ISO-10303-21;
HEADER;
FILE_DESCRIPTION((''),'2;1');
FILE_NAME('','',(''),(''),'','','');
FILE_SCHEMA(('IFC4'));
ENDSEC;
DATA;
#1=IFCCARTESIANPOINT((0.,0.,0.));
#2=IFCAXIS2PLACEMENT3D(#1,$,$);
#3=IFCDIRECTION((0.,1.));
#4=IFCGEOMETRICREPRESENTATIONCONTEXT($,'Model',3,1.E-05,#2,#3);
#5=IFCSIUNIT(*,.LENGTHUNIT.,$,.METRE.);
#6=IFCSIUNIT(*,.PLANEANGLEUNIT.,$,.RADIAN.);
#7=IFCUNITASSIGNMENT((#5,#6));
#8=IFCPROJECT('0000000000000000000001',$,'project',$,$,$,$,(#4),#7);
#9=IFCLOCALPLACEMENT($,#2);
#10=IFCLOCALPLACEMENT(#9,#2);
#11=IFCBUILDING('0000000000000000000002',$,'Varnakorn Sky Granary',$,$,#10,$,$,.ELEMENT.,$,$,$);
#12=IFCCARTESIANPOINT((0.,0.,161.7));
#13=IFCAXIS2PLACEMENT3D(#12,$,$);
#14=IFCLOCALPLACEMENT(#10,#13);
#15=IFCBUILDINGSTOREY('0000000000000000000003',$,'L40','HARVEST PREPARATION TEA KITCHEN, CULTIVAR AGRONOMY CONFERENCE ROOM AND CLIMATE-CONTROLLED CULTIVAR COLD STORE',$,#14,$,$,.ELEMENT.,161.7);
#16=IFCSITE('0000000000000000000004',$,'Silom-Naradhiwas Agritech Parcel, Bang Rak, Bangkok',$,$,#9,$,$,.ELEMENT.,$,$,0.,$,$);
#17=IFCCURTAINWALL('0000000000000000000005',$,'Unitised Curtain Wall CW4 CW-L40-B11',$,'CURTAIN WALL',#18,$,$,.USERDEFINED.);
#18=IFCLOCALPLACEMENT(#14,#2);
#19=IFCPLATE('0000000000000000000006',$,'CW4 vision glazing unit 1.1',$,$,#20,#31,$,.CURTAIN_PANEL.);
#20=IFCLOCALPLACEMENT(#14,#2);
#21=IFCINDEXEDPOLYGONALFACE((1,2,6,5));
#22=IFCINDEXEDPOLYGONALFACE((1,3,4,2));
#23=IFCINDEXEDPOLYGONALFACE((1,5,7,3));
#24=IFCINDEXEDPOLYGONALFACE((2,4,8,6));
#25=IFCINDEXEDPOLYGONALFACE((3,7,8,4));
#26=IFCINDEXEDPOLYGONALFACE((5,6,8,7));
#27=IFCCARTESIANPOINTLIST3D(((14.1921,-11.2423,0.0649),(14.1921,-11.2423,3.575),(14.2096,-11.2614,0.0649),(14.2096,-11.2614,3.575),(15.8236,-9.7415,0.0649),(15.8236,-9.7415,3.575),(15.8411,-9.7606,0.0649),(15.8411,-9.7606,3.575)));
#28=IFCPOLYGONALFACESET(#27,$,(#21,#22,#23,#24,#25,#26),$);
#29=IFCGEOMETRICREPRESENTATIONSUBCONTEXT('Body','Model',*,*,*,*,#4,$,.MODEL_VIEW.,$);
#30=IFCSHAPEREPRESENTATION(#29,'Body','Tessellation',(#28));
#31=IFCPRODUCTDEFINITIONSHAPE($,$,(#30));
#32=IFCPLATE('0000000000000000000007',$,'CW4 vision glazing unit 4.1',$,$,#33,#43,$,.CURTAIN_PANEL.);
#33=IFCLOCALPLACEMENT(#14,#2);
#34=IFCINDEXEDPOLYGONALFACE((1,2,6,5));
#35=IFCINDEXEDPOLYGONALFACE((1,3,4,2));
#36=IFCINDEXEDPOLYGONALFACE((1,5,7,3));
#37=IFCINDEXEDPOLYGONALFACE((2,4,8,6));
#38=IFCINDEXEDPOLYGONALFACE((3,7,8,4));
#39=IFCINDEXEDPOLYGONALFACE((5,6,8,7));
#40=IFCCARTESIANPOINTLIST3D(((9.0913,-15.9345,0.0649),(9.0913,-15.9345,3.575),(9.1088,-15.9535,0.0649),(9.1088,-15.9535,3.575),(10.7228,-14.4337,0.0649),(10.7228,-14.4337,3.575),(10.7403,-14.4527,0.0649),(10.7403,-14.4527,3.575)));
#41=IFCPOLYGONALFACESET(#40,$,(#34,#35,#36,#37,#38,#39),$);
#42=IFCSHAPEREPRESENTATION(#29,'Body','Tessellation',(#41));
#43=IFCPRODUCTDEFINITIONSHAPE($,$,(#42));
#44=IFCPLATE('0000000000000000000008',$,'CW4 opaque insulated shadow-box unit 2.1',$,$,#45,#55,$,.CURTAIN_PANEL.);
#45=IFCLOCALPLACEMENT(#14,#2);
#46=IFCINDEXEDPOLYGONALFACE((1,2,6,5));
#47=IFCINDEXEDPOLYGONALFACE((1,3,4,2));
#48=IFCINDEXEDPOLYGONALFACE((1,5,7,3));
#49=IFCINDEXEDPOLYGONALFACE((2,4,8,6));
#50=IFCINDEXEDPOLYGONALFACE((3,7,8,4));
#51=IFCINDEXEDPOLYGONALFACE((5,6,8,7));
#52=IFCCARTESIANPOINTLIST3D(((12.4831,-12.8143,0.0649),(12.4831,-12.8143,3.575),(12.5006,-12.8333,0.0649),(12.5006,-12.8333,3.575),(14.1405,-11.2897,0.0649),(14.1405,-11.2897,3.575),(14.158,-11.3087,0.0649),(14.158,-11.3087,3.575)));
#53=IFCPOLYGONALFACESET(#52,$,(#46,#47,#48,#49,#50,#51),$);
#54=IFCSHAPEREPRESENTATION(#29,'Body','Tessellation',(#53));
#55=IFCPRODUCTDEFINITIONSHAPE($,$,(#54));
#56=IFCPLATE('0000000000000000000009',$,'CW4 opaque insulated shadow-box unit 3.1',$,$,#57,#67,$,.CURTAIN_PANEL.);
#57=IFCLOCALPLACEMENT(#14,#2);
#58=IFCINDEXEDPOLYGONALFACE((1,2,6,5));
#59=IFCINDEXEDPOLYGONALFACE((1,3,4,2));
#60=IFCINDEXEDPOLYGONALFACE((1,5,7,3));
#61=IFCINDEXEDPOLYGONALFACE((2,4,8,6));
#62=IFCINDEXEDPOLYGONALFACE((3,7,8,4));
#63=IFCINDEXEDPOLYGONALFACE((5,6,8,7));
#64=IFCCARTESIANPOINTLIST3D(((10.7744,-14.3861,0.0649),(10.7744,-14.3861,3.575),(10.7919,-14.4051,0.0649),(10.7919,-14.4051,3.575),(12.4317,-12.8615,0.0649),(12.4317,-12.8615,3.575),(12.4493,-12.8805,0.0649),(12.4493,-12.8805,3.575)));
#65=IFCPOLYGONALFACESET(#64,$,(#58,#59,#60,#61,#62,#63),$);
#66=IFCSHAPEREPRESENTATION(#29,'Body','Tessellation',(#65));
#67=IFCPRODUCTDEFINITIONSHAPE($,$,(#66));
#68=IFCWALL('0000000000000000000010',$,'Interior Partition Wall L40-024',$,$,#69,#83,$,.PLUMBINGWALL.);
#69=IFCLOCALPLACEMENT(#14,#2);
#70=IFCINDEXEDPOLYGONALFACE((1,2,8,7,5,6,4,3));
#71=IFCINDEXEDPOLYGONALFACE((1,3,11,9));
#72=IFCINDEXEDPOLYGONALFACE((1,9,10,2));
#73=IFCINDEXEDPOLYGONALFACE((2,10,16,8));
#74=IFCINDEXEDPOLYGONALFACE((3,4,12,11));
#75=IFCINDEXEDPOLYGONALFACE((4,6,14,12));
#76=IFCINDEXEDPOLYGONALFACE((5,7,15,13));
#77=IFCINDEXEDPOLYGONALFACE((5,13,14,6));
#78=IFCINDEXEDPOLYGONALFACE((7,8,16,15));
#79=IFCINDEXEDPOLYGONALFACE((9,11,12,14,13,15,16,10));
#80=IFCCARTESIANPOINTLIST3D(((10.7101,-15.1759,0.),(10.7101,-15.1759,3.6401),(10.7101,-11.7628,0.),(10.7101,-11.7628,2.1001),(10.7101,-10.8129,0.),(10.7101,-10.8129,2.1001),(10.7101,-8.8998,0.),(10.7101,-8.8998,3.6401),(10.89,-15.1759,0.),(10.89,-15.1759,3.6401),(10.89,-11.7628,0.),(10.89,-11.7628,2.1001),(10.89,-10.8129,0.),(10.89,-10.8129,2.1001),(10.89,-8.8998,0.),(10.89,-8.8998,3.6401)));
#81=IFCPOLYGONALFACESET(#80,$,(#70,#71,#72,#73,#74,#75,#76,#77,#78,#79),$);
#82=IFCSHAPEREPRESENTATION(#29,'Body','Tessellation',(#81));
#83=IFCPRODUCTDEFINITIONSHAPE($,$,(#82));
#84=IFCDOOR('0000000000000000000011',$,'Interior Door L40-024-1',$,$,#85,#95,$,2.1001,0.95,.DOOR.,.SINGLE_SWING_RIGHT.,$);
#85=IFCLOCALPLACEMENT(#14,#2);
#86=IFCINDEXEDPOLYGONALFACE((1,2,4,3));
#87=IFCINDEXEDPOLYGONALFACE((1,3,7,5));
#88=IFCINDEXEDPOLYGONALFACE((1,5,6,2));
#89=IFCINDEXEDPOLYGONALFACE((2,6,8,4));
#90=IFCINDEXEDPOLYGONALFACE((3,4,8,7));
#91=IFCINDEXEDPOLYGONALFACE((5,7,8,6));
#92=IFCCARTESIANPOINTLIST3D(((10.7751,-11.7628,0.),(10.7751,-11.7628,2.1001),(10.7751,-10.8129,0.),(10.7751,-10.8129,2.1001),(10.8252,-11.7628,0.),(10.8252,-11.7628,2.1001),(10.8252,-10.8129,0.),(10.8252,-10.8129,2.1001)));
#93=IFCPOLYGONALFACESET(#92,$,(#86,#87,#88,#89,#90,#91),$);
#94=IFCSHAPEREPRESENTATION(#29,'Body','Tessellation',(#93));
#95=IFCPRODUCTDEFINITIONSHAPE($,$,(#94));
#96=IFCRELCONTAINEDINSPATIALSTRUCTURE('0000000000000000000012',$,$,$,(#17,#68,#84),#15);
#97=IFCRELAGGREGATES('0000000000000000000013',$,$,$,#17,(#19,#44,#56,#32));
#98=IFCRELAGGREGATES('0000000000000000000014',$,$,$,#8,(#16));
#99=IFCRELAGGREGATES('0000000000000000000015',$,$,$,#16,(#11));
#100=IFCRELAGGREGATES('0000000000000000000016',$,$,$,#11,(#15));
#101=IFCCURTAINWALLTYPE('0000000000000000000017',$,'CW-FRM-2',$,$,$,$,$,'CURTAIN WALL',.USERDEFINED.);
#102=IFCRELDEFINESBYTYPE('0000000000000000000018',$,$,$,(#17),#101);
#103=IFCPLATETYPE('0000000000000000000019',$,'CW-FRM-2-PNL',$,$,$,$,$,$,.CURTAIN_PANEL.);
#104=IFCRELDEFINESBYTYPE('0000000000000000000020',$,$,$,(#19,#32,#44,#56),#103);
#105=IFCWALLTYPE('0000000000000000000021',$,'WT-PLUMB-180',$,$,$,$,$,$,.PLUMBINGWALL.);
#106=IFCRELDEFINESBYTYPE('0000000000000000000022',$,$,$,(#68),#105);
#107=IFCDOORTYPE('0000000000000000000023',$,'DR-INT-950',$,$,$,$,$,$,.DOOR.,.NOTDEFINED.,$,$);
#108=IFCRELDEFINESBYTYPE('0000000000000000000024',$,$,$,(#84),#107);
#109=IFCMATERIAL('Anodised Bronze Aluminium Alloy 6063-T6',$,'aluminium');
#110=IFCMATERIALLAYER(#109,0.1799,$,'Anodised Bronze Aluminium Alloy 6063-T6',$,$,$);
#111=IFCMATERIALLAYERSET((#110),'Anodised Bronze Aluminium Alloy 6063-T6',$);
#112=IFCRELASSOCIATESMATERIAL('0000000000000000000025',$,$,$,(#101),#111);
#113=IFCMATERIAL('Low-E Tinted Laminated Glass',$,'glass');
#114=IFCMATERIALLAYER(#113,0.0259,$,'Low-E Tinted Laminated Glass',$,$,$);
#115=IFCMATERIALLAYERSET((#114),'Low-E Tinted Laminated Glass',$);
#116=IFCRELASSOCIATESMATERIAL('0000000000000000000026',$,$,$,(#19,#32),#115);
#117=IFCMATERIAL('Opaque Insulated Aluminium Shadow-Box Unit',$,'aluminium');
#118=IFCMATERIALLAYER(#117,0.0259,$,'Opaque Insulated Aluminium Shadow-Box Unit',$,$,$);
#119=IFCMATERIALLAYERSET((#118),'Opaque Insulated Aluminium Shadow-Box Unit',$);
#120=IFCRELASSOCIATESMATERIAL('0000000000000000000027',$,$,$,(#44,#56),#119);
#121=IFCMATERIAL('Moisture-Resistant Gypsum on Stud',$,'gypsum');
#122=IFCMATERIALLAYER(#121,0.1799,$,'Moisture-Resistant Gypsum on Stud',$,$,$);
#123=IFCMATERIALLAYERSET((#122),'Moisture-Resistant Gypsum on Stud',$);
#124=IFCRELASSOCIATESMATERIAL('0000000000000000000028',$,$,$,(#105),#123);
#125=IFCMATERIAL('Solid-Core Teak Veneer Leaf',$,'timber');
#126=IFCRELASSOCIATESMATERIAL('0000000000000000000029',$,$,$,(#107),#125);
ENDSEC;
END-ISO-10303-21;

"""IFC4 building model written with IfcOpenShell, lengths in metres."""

from ifc_helpers import new_model, si_unit, direction, frame, frame_2d, origin, origin_2d, place, context, subcontext, project, spatial, rectangle, extrude, source, transform, mapped, material, layer, layer_set, type_object, type_shapes, element, fill, aggregate, save


model = new_model("IFC4")

# Units and contexts
model_context = context("Model", 3, precision=1e-05, world=origin(), true_north=direction((0.0, 1.0)))
body_context = subcontext(model_context, "Body", "Model", "MODEL_VIEW")
ifc_project = project(units=[si_unit("LENGTHUNIT", "METRE"), si_unit("PLANEANGLEUNIT", "RADIAN")], contexts=[model_context])

# Site, building, storey
site_placement = place(None, origin())
site = spatial("IfcSite", under=ifc_project, at=site_placement, Name="Silom-Naradhiwas Agritech Parcel, Bang Rak, Bangkok", CompositionType="ELEMENT", RefElevation=0.0)
building_placement = place(site_placement, origin())
building = spatial("IfcBuilding", under=site, at=building_placement, Name="Varnakorn Sky Granary", CompositionType="ELEMENT")
storey_placement = place(building_placement, frame((0.0, 0.0, 161.7)))
storey = spatial("IfcBuildingStorey", under=building, at=storey_placement, Name="L40", Description="HARVEST PREPARATION TEA KITCHEN, CULTIVAR AGRONOMY CONFERENCE ROOM AND CLIMATE-CONTROLLED CULTIVAR COLD STORE", CompositionType="ELEMENT", Elevation=161.7)

# Curtain wall
ifc_material_1 = material(Name="Anodised Bronze Aluminium Alloy 6063-T6", Category="aluminium")
ifc_layer_1 = layer(ifc_material_1, 0.1799, Name="Anodised Bronze Aluminium Alloy 6063-T6")
ifc_layer_set_1 = layer_set([ifc_layer_1], Name="Anodised Bronze Aluminium Alloy 6063-T6")
curtain_wall_type = type_object("IfcCurtainWallType", Name="CW-FRM-2", ElementType="CURTAIN WALL", PredefinedType="USERDEFINED", material=ifc_layer_set_1)
curtain_wall_placement = place(storey_placement, origin())
curtain_wall = element("IfcCurtainWall", 1, at=curtain_wall_placement, inside=storey, type_object=curtain_wall_type, Name="Unitised Curtain Wall CW4 CW-L40-B11", ObjectType="CURTAIN WALL", PredefinedType="USERDEFINED")

# Plates
ifc_material_2 = material(Name="Low-E Tinted Laminated Glass", Category="glass")
ifc_layer_2 = layer(ifc_material_2, 0.0259, Name="Low-E Tinted Laminated Glass")
ifc_layer_set_2 = layer_set([ifc_layer_2], Name="Low-E Tinted Laminated Glass")
plate_type = type_object("IfcPlateType", Name="CW-FRM-2-PNL", PredefinedType="CURTAIN_PANEL")
shared_shape_1 = source(origin(), body_context, "Body", "SweptSolid", [
    extrude(rectangle(XDim=2.2168, YDim=0.0259, at=origin_2d()), origin(), (0.0, 0.0, 1.0), 3.51),
])
plate_1_placement = place(storey_placement, frame((15.0166, -10.5015, 0.0649), z_axis=(0.0, 0.0, 1.0), x_axis=(-0.735973, -0.677011, 0.0)))
plate_1 = element("IfcPlate", 2, at=plate_1_placement, type_object=plate_type, material=ifc_layer_set_2, Name="CW4 vision glazing unit 1.1", PredefinedType="CURTAIN_PANEL", context=body_context, shape_type="MappedRepresentation", body=[
    mapped(shared_shape_1, transform((0.0, 0.0, 0.0), x_axis=(1.0, 0.0, 0.0), y_axis=(0.0, 1.0, 0.0), z_axis=(0.0, 0.0, 1.0), scale=1.0)),
])
plate_2_placement = place(storey_placement, frame((9.9158, -15.1936, 0.0649), z_axis=(0.0, 0.0, 1.0), x_axis=(-0.735973, -0.677011, 0.0)))
plate_2 = element("IfcPlate", 3, at=plate_2_placement, type_object=plate_type, material=ifc_layer_set_2, Name="CW4 vision glazing unit 4.1", PredefinedType="CURTAIN_PANEL", context=body_context, shape_type="MappedRepresentation", body=[
    mapped(shared_shape_1, transform((0.0, 0.0, 0.0), x_axis=(1.0, 0.0, 0.0), y_axis=(0.0, 1.0, 0.0), z_axis=(0.0, 0.0, 1.0), scale=1.0)),
])
ifc_material_3 = material(Name="Opaque Insulated Aluminium Shadow-Box Unit", Category="aluminium")
ifc_layer_3 = layer(ifc_material_3, 0.0259, Name="Opaque Insulated Aluminium Shadow-Box Unit")
ifc_layer_set_3 = layer_set([ifc_layer_3], Name="Opaque Insulated Aluminium Shadow-Box Unit")
shared_shape_2 = source(origin(), body_context, "Body", "SweptSolid", [
    extrude(rectangle(XDim=2.252, YDim=0.0259, at=origin_2d()), origin(), (0.0, 0.0, 1.0), 3.51),
])
type_shapes(plate_type, [shared_shape_1, shared_shape_2])
plate_3_placement = place(storey_placement, frame((13.3206, -12.0615, 0.0649), z_axis=(0.0, 0.0, 1.0), x_axis=(-0.735973, -0.677011, 0.0)))
plate_3 = element("IfcPlate", 4, at=plate_3_placement, type_object=plate_type, material=ifc_layer_set_3, Name="CW4 opaque insulated shadow-box unit 2.1", PredefinedType="CURTAIN_PANEL", context=body_context, shape_type="MappedRepresentation", body=[
    mapped(shared_shape_2, transform((0.0, 0.0, 0.0), x_axis=(1.0, 0.0, 0.0), y_axis=(0.0, 1.0, 0.0), z_axis=(0.0, 0.0, 1.0), scale=1.0)),
])
plate_4_placement = place(storey_placement, frame((11.6118, -13.6333, 0.0649), z_axis=(0.0, 0.0, 1.0), x_axis=(-0.735973, -0.677011, 0.0)))
plate_4 = element("IfcPlate", 5, at=plate_4_placement, type_object=plate_type, material=ifc_layer_set_3, Name="CW4 opaque insulated shadow-box unit 3.1", PredefinedType="CURTAIN_PANEL", context=body_context, shape_type="MappedRepresentation", body=[
    mapped(shared_shape_2, transform((0.0, 0.0, 0.0), x_axis=(1.0, 0.0, 0.0), y_axis=(0.0, 1.0, 0.0), z_axis=(0.0, 0.0, 1.0), scale=1.0)),
])
aggregate(curtain_wall, [plate_1, plate_3, plate_4, plate_2])

# Wall, opening, door
ifc_material_4 = material(Name="Moisture-Resistant Gypsum on Stud", Category="gypsum")
ifc_layer_4 = layer(ifc_material_4, 0.1799, Name="Moisture-Resistant Gypsum on Stud")
ifc_layer_set_4 = layer_set([ifc_layer_4], Name="Moisture-Resistant Gypsum on Stud")
wall_type = type_object("IfcWallType", Name="WT-PLUMB-180", PredefinedType="PLUMBINGWALL", material=ifc_layer_set_4)
wall_placement = place(storey_placement, frame((10.8, -15.176, 0.0), z_axis=(0.0, 0.0, 1.0), x_axis=(0.0, 1.0, 0.0)))
wall = element("IfcWall", 6, at=wall_placement, inside=storey, type_object=wall_type, Name="Interior Partition Wall L40-024", PredefinedType="PLUMBINGWALL", context=body_context, shape_type="SweptSolid", body=[
    extrude(rectangle(XDim=6.2761, YDim=0.1799, at=frame_2d((3.1382, 0.0))), origin(), (0.0, 0.0, 1.0), 3.6401),
])
opening_placement = place(wall_placement, frame((3.4131, 0.0, 0.0)))
opening = element("IfcOpeningElement", 7, at=opening_placement, cuts=wall, PredefinedType="OPENING", context=body_context, shape_type="SweptSolid", body=[
    extrude(rectangle(XDim=0.95, YDim=2.1001, at=frame_2d((0.4751, 1.05))), frame((0.0, 0.1001, 0.0), z_axis=(0.0, -1.0, 0.0), x_axis=(1.0, 0.0, 0.0)), (0.0, 0.0, 1.0), 0.2),
])
ifc_material_5 = material(Name="Solid-Core Teak Veneer Leaf", Category="timber")
door_type = type_object("IfcDoorType", Name="DR-INT-950", OperationType="NOTDEFINED", PredefinedType="DOOR", material=ifc_material_5)
door_placement = place(opening_placement, origin())
door = element("IfcDoor", 8, at=door_placement, inside=storey, type_object=door_type, Name="Interior Door L40-024-1", OperationType="SINGLE_SWING_RIGHT", OverallHeight=2.1001, OverallWidth=0.95, PredefinedType="DOOR", context=body_context, shape_type="SweptSolid", body=[
    extrude(rectangle(XDim=0.95, YDim=2.1001, at=frame_2d((0.4751, 1.05))), frame((0.0, 0.0249, 0.0), z_axis=(0.0, -1.0, 0.0), x_axis=(1.0, 0.0, 0.0)), (0.0, 0.0, 1.0), 0.05),
])
fill(opening, door)

save(model, "model.ifc")
